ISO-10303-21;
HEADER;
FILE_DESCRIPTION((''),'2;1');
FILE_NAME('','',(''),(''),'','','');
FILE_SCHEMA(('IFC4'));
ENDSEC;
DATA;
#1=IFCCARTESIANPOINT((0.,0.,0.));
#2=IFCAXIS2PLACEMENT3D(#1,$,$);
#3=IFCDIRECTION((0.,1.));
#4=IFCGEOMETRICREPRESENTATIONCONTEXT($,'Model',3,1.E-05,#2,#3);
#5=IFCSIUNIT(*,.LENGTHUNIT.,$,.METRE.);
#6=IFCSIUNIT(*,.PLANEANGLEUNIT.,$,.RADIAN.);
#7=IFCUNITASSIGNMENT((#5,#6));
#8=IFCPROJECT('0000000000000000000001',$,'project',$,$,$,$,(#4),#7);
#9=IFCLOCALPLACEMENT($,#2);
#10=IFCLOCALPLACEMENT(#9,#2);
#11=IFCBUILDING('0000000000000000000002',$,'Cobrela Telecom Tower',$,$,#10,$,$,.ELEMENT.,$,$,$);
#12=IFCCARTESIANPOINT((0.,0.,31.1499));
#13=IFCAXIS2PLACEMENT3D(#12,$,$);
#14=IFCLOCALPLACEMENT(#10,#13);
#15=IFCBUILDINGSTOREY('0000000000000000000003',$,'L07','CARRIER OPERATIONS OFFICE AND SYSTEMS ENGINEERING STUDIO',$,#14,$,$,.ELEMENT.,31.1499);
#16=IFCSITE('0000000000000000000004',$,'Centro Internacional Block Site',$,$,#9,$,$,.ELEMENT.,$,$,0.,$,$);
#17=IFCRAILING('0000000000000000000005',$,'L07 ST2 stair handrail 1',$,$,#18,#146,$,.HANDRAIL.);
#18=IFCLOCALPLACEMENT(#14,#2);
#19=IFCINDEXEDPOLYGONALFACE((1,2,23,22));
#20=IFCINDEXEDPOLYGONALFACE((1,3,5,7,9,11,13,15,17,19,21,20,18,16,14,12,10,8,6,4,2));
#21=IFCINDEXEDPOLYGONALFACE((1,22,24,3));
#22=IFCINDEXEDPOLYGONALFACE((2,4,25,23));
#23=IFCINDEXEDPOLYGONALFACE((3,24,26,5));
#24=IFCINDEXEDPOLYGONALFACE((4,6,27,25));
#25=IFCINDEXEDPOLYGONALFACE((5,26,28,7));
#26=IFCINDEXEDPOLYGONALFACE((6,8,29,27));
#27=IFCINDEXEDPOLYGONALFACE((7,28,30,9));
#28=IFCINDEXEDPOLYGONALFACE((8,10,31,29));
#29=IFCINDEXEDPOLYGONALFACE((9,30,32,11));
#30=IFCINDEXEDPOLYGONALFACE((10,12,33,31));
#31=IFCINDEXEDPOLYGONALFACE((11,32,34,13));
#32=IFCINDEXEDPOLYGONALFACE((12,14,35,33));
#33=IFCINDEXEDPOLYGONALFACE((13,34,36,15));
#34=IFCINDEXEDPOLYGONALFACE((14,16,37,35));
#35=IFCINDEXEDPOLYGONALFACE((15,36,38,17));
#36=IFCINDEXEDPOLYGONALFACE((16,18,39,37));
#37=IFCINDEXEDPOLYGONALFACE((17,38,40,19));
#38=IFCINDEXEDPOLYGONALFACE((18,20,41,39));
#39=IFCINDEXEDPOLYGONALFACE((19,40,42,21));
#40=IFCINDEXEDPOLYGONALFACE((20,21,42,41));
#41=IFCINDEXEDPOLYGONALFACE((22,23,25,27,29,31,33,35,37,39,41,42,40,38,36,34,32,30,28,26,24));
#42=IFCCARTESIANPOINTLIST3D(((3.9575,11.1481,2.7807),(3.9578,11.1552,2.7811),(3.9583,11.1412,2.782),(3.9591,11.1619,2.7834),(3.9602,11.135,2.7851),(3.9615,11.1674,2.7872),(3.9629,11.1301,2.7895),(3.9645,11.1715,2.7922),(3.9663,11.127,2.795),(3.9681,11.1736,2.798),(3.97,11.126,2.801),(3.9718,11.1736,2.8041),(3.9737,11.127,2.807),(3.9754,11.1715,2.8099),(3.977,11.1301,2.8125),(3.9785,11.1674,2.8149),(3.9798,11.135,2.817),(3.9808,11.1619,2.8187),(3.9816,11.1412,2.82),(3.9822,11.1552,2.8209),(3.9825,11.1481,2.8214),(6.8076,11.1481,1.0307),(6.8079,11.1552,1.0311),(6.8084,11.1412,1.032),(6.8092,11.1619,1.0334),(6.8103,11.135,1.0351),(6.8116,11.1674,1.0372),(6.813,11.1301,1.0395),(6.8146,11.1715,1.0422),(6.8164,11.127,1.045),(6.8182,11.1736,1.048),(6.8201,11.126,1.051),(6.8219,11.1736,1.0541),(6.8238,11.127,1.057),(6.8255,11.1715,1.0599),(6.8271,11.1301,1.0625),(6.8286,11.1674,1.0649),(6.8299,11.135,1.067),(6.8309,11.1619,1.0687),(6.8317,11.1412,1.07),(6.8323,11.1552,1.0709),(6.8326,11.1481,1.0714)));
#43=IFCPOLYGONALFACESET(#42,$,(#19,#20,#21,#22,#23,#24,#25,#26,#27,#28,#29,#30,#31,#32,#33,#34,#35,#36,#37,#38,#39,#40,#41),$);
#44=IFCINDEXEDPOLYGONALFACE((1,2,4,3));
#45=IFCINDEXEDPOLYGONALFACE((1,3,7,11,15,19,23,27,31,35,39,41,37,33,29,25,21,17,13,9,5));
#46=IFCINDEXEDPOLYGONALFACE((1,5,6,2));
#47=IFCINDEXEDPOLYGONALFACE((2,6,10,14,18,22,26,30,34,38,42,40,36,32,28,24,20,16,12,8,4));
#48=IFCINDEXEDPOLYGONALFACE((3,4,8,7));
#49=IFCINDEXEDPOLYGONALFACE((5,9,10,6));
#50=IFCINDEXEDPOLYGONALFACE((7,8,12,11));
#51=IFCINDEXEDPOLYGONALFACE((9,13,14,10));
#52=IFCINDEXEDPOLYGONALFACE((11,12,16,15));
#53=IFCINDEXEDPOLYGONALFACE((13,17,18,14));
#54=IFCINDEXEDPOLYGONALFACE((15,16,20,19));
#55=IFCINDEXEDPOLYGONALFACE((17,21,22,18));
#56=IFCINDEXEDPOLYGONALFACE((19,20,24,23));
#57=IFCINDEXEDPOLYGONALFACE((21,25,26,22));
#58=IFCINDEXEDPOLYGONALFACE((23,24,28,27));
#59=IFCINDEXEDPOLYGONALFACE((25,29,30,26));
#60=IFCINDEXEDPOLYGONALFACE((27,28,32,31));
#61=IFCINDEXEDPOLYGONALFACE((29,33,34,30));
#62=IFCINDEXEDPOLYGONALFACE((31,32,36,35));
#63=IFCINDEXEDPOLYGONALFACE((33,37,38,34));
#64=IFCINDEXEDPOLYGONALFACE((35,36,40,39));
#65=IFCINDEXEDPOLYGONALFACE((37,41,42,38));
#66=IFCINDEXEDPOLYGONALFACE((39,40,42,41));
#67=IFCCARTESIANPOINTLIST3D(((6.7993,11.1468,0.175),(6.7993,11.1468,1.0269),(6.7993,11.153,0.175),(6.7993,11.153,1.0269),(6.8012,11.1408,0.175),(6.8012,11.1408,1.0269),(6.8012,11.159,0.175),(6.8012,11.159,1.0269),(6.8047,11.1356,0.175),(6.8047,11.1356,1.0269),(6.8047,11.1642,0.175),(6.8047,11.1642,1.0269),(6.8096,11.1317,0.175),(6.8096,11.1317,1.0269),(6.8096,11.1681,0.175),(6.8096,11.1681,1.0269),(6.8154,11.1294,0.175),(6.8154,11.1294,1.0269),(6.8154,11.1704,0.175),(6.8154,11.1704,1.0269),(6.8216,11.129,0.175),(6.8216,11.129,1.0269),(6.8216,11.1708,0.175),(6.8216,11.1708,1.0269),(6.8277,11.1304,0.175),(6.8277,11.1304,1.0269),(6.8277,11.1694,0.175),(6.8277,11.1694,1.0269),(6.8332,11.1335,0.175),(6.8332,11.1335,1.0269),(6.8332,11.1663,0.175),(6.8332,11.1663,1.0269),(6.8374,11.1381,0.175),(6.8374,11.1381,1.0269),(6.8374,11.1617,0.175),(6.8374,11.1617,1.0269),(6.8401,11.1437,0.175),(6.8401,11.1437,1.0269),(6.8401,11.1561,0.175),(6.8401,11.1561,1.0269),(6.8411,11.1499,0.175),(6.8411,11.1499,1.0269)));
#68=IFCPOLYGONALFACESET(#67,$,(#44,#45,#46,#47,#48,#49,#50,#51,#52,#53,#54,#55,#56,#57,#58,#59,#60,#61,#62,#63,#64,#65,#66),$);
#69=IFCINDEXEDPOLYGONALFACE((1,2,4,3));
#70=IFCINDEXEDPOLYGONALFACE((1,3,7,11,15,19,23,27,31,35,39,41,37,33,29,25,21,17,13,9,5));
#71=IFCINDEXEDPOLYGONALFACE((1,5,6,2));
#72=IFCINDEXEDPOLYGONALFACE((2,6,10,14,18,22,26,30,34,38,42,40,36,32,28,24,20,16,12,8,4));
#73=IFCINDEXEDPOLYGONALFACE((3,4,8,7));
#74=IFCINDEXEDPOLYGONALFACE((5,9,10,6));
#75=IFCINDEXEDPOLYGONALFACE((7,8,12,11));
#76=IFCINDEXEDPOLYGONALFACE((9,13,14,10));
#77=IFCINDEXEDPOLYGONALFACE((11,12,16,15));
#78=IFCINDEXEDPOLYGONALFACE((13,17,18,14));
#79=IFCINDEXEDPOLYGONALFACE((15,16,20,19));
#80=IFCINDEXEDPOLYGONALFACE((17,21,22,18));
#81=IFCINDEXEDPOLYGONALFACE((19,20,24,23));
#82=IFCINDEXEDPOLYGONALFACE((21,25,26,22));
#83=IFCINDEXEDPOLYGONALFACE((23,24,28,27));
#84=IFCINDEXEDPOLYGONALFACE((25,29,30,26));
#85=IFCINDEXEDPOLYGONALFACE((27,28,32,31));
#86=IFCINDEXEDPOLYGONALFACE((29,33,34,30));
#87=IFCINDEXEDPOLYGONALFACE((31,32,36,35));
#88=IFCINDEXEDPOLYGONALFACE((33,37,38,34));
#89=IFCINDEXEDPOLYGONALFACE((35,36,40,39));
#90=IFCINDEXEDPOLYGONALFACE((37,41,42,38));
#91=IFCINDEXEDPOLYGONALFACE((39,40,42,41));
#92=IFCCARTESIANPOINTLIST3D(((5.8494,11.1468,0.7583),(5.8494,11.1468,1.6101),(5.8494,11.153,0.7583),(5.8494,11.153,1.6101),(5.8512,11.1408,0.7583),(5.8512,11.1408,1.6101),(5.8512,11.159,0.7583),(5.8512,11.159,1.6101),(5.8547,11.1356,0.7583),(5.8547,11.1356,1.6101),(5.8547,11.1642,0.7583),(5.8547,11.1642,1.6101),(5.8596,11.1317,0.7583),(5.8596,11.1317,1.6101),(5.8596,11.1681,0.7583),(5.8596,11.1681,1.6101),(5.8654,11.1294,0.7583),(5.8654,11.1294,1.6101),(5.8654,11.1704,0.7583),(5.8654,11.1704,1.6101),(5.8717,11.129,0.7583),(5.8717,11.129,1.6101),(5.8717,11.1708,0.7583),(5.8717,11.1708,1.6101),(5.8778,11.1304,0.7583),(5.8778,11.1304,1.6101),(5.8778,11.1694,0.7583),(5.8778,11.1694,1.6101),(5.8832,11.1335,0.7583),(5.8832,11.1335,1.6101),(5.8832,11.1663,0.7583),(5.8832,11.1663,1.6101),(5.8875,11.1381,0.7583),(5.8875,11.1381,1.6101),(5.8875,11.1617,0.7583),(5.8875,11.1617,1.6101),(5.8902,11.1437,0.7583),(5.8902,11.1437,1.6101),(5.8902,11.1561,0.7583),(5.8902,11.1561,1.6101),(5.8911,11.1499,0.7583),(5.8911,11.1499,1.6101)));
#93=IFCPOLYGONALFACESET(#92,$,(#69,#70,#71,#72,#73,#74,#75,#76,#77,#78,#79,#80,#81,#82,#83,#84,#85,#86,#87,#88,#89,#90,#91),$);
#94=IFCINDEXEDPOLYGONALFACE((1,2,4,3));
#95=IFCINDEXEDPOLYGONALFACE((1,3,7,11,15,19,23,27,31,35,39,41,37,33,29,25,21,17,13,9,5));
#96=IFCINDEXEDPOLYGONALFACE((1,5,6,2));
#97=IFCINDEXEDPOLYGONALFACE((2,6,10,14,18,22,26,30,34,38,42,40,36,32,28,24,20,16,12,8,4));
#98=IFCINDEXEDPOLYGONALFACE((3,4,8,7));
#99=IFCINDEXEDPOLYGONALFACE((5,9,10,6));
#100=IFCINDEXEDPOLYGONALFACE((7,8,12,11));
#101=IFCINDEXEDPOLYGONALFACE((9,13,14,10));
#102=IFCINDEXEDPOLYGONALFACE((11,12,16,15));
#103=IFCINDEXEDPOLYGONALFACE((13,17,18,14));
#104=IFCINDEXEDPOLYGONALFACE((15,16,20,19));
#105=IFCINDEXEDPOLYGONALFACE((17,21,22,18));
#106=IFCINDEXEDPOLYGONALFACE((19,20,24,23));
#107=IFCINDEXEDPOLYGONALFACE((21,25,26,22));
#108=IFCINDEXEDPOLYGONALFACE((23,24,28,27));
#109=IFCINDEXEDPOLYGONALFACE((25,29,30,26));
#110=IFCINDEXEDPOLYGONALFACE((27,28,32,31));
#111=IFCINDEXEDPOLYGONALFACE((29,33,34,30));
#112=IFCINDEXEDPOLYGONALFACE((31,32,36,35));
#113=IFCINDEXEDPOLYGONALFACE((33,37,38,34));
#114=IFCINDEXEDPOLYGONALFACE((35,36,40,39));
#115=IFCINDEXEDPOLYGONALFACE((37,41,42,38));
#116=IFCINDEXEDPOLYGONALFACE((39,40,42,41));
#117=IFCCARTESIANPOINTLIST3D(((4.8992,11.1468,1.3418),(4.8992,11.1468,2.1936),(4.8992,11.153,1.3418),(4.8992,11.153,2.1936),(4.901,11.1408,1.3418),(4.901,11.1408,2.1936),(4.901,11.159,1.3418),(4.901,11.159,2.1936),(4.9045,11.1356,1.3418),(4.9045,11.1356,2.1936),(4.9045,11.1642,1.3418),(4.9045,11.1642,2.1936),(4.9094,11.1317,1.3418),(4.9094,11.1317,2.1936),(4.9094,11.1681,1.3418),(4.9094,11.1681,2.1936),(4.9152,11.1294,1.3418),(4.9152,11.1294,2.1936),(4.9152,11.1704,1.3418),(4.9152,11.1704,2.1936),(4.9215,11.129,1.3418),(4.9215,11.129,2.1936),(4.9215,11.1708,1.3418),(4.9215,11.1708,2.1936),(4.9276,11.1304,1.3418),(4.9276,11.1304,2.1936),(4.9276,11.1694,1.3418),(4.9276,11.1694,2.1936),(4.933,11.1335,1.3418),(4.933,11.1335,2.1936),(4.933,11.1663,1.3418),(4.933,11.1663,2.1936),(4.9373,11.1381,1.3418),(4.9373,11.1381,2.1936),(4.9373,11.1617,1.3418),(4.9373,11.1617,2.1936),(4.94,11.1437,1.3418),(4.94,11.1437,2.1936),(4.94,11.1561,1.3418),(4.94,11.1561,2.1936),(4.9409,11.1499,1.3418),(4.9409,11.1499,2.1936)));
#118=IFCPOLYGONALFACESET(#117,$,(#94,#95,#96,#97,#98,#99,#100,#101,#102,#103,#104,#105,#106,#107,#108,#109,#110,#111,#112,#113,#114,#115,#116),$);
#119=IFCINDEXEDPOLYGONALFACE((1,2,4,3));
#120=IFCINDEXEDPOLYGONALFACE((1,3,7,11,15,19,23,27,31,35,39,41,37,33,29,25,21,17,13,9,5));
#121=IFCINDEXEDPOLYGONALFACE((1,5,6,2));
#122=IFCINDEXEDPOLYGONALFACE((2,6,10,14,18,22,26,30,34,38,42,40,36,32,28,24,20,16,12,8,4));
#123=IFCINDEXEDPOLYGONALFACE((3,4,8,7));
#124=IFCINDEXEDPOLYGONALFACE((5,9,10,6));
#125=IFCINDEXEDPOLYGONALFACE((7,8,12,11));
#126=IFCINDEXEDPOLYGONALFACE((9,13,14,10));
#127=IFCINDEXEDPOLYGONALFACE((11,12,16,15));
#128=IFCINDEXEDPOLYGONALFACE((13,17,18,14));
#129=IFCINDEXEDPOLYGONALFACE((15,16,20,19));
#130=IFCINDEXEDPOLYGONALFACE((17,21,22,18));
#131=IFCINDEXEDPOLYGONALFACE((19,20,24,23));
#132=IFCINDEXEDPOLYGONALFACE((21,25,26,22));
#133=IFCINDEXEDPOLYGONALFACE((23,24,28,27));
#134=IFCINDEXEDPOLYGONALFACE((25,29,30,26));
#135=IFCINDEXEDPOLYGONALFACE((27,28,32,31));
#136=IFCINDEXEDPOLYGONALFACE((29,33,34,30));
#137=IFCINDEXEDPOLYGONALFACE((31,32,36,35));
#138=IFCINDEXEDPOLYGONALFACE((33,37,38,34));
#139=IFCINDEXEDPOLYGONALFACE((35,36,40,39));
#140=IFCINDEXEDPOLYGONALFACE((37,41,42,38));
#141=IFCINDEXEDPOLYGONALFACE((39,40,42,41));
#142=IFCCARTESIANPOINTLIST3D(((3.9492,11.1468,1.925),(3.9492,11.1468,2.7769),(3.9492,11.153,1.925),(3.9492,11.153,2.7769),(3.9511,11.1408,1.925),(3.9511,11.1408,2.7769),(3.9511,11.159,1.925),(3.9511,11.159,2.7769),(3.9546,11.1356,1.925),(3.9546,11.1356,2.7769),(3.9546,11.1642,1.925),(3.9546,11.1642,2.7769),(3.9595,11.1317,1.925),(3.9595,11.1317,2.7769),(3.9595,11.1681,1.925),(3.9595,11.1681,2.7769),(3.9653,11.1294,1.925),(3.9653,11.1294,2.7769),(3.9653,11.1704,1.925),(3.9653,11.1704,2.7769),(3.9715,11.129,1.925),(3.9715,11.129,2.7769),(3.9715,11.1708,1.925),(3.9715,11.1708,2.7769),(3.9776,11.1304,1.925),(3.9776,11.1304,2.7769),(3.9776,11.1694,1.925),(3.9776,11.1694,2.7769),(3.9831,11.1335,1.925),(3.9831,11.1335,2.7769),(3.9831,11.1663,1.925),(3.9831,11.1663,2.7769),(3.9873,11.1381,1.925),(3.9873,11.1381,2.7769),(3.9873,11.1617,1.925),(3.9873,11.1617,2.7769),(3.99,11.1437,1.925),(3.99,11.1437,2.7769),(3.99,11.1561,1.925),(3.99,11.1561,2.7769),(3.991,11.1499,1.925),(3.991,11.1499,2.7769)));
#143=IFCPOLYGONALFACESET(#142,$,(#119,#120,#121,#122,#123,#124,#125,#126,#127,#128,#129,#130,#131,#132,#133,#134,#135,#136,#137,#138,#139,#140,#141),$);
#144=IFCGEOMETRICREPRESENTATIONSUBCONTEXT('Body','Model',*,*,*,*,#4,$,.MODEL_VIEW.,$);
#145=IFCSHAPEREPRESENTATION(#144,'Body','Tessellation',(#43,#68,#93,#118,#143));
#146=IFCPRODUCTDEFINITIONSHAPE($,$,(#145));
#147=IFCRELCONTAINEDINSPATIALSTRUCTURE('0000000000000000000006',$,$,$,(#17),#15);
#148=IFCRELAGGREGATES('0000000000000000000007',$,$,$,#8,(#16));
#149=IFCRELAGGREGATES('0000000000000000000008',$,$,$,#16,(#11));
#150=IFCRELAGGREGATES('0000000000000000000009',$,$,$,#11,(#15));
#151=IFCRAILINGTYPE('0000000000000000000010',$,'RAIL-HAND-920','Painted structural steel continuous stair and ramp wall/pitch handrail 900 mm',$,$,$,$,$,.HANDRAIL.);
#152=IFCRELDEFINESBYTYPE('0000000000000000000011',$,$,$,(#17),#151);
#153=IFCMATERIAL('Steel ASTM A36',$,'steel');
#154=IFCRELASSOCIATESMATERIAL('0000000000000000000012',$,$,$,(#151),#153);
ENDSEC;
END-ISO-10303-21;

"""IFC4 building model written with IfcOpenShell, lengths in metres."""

from ifc_helpers import new_model, si_unit, direction, frame, origin, origin_2d, place, context, subcontext, project, spatial, circle, extrude, material, type_object, element, save


model = new_model("IFC4")

# Units and contexts
model_context = context("Model", 3, precision=1e-05, world=origin(), true_north=direction((0.0, 1.0)))
body_context = subcontext(model_context, "Body", "Model", "MODEL_VIEW")
ifc_project = project(units=[si_unit("LENGTHUNIT", "METRE"), si_unit("PLANEANGLEUNIT", "RADIAN")], contexts=[model_context])

# Site, building, storey
site_placement = place(None, origin())
site = spatial("IfcSite", under=ifc_project, at=site_placement, Name="Centro Internacional Block Site", CompositionType="ELEMENT", RefElevation=0.0)
building_placement = place(site_placement, origin())
building = spatial("IfcBuilding", under=site, at=building_placement, Name="Cobrela Telecom Tower", CompositionType="ELEMENT")
storey_placement = place(building_placement, frame((0.0, 0.0, 31.1499)))
storey = spatial("IfcBuildingStorey", under=building, at=storey_placement, Name="L07", Description="CARRIER OPERATIONS OFFICE AND SYSTEMS ENGINEERING STUDIO", CompositionType="ELEMENT", Elevation=31.1499)

# Railing
ifc_material_1 = material(Name="Steel ASTM A36", Category="steel")
railing_type_1 = type_object("IfcRailingType", Name="RAIL-HAND-920", Description="Painted structural steel continuous stair and ramp wall/pitch handrail 900 mm", PredefinedType="HANDRAIL", material=ifc_material_1)
railing_1_placement = place(storey_placement, frame((6.8201, 11.1499, 0.175)))
element("IfcRailing", 1, at=railing_1_placement, inside=storey, type_object=railing_type_1, Name="L07 ST2 stair handrail 1", PredefinedType="HANDRAIL", context=body_context, shape_type="SweptSolid", body=[
    extrude(circle(Radius=0.0239, at=origin_2d()), frame((0.0, 0.0, 0.876), z_axis=(-0.852179, 0.0, 0.52325), x_axis=(0.0, -1.0, 0.0)), (0.0, 0.0, 1.0), 3.3445),
    extrude(circle(Radius=0.021, at=origin_2d()), origin(), (0.0, 0.0, 1.0), 0.8518),
    extrude(circle(Radius=0.021, at=origin_2d()), frame((-0.95, 0.0, 0.5833)), (0.0, 0.0, 1.0), 0.8518),
    extrude(circle(Radius=0.021, at=origin_2d()), frame((-1.9001, 0.0, 1.1667)), (0.0, 0.0, 1.0), 0.8518),
    extrude(circle(Radius=0.021, at=origin_2d()), frame((-2.8501, 0.0, 1.75)), (0.0, 0.0, 1.0), 0.8518),
])

save(model, "model.ifc")
